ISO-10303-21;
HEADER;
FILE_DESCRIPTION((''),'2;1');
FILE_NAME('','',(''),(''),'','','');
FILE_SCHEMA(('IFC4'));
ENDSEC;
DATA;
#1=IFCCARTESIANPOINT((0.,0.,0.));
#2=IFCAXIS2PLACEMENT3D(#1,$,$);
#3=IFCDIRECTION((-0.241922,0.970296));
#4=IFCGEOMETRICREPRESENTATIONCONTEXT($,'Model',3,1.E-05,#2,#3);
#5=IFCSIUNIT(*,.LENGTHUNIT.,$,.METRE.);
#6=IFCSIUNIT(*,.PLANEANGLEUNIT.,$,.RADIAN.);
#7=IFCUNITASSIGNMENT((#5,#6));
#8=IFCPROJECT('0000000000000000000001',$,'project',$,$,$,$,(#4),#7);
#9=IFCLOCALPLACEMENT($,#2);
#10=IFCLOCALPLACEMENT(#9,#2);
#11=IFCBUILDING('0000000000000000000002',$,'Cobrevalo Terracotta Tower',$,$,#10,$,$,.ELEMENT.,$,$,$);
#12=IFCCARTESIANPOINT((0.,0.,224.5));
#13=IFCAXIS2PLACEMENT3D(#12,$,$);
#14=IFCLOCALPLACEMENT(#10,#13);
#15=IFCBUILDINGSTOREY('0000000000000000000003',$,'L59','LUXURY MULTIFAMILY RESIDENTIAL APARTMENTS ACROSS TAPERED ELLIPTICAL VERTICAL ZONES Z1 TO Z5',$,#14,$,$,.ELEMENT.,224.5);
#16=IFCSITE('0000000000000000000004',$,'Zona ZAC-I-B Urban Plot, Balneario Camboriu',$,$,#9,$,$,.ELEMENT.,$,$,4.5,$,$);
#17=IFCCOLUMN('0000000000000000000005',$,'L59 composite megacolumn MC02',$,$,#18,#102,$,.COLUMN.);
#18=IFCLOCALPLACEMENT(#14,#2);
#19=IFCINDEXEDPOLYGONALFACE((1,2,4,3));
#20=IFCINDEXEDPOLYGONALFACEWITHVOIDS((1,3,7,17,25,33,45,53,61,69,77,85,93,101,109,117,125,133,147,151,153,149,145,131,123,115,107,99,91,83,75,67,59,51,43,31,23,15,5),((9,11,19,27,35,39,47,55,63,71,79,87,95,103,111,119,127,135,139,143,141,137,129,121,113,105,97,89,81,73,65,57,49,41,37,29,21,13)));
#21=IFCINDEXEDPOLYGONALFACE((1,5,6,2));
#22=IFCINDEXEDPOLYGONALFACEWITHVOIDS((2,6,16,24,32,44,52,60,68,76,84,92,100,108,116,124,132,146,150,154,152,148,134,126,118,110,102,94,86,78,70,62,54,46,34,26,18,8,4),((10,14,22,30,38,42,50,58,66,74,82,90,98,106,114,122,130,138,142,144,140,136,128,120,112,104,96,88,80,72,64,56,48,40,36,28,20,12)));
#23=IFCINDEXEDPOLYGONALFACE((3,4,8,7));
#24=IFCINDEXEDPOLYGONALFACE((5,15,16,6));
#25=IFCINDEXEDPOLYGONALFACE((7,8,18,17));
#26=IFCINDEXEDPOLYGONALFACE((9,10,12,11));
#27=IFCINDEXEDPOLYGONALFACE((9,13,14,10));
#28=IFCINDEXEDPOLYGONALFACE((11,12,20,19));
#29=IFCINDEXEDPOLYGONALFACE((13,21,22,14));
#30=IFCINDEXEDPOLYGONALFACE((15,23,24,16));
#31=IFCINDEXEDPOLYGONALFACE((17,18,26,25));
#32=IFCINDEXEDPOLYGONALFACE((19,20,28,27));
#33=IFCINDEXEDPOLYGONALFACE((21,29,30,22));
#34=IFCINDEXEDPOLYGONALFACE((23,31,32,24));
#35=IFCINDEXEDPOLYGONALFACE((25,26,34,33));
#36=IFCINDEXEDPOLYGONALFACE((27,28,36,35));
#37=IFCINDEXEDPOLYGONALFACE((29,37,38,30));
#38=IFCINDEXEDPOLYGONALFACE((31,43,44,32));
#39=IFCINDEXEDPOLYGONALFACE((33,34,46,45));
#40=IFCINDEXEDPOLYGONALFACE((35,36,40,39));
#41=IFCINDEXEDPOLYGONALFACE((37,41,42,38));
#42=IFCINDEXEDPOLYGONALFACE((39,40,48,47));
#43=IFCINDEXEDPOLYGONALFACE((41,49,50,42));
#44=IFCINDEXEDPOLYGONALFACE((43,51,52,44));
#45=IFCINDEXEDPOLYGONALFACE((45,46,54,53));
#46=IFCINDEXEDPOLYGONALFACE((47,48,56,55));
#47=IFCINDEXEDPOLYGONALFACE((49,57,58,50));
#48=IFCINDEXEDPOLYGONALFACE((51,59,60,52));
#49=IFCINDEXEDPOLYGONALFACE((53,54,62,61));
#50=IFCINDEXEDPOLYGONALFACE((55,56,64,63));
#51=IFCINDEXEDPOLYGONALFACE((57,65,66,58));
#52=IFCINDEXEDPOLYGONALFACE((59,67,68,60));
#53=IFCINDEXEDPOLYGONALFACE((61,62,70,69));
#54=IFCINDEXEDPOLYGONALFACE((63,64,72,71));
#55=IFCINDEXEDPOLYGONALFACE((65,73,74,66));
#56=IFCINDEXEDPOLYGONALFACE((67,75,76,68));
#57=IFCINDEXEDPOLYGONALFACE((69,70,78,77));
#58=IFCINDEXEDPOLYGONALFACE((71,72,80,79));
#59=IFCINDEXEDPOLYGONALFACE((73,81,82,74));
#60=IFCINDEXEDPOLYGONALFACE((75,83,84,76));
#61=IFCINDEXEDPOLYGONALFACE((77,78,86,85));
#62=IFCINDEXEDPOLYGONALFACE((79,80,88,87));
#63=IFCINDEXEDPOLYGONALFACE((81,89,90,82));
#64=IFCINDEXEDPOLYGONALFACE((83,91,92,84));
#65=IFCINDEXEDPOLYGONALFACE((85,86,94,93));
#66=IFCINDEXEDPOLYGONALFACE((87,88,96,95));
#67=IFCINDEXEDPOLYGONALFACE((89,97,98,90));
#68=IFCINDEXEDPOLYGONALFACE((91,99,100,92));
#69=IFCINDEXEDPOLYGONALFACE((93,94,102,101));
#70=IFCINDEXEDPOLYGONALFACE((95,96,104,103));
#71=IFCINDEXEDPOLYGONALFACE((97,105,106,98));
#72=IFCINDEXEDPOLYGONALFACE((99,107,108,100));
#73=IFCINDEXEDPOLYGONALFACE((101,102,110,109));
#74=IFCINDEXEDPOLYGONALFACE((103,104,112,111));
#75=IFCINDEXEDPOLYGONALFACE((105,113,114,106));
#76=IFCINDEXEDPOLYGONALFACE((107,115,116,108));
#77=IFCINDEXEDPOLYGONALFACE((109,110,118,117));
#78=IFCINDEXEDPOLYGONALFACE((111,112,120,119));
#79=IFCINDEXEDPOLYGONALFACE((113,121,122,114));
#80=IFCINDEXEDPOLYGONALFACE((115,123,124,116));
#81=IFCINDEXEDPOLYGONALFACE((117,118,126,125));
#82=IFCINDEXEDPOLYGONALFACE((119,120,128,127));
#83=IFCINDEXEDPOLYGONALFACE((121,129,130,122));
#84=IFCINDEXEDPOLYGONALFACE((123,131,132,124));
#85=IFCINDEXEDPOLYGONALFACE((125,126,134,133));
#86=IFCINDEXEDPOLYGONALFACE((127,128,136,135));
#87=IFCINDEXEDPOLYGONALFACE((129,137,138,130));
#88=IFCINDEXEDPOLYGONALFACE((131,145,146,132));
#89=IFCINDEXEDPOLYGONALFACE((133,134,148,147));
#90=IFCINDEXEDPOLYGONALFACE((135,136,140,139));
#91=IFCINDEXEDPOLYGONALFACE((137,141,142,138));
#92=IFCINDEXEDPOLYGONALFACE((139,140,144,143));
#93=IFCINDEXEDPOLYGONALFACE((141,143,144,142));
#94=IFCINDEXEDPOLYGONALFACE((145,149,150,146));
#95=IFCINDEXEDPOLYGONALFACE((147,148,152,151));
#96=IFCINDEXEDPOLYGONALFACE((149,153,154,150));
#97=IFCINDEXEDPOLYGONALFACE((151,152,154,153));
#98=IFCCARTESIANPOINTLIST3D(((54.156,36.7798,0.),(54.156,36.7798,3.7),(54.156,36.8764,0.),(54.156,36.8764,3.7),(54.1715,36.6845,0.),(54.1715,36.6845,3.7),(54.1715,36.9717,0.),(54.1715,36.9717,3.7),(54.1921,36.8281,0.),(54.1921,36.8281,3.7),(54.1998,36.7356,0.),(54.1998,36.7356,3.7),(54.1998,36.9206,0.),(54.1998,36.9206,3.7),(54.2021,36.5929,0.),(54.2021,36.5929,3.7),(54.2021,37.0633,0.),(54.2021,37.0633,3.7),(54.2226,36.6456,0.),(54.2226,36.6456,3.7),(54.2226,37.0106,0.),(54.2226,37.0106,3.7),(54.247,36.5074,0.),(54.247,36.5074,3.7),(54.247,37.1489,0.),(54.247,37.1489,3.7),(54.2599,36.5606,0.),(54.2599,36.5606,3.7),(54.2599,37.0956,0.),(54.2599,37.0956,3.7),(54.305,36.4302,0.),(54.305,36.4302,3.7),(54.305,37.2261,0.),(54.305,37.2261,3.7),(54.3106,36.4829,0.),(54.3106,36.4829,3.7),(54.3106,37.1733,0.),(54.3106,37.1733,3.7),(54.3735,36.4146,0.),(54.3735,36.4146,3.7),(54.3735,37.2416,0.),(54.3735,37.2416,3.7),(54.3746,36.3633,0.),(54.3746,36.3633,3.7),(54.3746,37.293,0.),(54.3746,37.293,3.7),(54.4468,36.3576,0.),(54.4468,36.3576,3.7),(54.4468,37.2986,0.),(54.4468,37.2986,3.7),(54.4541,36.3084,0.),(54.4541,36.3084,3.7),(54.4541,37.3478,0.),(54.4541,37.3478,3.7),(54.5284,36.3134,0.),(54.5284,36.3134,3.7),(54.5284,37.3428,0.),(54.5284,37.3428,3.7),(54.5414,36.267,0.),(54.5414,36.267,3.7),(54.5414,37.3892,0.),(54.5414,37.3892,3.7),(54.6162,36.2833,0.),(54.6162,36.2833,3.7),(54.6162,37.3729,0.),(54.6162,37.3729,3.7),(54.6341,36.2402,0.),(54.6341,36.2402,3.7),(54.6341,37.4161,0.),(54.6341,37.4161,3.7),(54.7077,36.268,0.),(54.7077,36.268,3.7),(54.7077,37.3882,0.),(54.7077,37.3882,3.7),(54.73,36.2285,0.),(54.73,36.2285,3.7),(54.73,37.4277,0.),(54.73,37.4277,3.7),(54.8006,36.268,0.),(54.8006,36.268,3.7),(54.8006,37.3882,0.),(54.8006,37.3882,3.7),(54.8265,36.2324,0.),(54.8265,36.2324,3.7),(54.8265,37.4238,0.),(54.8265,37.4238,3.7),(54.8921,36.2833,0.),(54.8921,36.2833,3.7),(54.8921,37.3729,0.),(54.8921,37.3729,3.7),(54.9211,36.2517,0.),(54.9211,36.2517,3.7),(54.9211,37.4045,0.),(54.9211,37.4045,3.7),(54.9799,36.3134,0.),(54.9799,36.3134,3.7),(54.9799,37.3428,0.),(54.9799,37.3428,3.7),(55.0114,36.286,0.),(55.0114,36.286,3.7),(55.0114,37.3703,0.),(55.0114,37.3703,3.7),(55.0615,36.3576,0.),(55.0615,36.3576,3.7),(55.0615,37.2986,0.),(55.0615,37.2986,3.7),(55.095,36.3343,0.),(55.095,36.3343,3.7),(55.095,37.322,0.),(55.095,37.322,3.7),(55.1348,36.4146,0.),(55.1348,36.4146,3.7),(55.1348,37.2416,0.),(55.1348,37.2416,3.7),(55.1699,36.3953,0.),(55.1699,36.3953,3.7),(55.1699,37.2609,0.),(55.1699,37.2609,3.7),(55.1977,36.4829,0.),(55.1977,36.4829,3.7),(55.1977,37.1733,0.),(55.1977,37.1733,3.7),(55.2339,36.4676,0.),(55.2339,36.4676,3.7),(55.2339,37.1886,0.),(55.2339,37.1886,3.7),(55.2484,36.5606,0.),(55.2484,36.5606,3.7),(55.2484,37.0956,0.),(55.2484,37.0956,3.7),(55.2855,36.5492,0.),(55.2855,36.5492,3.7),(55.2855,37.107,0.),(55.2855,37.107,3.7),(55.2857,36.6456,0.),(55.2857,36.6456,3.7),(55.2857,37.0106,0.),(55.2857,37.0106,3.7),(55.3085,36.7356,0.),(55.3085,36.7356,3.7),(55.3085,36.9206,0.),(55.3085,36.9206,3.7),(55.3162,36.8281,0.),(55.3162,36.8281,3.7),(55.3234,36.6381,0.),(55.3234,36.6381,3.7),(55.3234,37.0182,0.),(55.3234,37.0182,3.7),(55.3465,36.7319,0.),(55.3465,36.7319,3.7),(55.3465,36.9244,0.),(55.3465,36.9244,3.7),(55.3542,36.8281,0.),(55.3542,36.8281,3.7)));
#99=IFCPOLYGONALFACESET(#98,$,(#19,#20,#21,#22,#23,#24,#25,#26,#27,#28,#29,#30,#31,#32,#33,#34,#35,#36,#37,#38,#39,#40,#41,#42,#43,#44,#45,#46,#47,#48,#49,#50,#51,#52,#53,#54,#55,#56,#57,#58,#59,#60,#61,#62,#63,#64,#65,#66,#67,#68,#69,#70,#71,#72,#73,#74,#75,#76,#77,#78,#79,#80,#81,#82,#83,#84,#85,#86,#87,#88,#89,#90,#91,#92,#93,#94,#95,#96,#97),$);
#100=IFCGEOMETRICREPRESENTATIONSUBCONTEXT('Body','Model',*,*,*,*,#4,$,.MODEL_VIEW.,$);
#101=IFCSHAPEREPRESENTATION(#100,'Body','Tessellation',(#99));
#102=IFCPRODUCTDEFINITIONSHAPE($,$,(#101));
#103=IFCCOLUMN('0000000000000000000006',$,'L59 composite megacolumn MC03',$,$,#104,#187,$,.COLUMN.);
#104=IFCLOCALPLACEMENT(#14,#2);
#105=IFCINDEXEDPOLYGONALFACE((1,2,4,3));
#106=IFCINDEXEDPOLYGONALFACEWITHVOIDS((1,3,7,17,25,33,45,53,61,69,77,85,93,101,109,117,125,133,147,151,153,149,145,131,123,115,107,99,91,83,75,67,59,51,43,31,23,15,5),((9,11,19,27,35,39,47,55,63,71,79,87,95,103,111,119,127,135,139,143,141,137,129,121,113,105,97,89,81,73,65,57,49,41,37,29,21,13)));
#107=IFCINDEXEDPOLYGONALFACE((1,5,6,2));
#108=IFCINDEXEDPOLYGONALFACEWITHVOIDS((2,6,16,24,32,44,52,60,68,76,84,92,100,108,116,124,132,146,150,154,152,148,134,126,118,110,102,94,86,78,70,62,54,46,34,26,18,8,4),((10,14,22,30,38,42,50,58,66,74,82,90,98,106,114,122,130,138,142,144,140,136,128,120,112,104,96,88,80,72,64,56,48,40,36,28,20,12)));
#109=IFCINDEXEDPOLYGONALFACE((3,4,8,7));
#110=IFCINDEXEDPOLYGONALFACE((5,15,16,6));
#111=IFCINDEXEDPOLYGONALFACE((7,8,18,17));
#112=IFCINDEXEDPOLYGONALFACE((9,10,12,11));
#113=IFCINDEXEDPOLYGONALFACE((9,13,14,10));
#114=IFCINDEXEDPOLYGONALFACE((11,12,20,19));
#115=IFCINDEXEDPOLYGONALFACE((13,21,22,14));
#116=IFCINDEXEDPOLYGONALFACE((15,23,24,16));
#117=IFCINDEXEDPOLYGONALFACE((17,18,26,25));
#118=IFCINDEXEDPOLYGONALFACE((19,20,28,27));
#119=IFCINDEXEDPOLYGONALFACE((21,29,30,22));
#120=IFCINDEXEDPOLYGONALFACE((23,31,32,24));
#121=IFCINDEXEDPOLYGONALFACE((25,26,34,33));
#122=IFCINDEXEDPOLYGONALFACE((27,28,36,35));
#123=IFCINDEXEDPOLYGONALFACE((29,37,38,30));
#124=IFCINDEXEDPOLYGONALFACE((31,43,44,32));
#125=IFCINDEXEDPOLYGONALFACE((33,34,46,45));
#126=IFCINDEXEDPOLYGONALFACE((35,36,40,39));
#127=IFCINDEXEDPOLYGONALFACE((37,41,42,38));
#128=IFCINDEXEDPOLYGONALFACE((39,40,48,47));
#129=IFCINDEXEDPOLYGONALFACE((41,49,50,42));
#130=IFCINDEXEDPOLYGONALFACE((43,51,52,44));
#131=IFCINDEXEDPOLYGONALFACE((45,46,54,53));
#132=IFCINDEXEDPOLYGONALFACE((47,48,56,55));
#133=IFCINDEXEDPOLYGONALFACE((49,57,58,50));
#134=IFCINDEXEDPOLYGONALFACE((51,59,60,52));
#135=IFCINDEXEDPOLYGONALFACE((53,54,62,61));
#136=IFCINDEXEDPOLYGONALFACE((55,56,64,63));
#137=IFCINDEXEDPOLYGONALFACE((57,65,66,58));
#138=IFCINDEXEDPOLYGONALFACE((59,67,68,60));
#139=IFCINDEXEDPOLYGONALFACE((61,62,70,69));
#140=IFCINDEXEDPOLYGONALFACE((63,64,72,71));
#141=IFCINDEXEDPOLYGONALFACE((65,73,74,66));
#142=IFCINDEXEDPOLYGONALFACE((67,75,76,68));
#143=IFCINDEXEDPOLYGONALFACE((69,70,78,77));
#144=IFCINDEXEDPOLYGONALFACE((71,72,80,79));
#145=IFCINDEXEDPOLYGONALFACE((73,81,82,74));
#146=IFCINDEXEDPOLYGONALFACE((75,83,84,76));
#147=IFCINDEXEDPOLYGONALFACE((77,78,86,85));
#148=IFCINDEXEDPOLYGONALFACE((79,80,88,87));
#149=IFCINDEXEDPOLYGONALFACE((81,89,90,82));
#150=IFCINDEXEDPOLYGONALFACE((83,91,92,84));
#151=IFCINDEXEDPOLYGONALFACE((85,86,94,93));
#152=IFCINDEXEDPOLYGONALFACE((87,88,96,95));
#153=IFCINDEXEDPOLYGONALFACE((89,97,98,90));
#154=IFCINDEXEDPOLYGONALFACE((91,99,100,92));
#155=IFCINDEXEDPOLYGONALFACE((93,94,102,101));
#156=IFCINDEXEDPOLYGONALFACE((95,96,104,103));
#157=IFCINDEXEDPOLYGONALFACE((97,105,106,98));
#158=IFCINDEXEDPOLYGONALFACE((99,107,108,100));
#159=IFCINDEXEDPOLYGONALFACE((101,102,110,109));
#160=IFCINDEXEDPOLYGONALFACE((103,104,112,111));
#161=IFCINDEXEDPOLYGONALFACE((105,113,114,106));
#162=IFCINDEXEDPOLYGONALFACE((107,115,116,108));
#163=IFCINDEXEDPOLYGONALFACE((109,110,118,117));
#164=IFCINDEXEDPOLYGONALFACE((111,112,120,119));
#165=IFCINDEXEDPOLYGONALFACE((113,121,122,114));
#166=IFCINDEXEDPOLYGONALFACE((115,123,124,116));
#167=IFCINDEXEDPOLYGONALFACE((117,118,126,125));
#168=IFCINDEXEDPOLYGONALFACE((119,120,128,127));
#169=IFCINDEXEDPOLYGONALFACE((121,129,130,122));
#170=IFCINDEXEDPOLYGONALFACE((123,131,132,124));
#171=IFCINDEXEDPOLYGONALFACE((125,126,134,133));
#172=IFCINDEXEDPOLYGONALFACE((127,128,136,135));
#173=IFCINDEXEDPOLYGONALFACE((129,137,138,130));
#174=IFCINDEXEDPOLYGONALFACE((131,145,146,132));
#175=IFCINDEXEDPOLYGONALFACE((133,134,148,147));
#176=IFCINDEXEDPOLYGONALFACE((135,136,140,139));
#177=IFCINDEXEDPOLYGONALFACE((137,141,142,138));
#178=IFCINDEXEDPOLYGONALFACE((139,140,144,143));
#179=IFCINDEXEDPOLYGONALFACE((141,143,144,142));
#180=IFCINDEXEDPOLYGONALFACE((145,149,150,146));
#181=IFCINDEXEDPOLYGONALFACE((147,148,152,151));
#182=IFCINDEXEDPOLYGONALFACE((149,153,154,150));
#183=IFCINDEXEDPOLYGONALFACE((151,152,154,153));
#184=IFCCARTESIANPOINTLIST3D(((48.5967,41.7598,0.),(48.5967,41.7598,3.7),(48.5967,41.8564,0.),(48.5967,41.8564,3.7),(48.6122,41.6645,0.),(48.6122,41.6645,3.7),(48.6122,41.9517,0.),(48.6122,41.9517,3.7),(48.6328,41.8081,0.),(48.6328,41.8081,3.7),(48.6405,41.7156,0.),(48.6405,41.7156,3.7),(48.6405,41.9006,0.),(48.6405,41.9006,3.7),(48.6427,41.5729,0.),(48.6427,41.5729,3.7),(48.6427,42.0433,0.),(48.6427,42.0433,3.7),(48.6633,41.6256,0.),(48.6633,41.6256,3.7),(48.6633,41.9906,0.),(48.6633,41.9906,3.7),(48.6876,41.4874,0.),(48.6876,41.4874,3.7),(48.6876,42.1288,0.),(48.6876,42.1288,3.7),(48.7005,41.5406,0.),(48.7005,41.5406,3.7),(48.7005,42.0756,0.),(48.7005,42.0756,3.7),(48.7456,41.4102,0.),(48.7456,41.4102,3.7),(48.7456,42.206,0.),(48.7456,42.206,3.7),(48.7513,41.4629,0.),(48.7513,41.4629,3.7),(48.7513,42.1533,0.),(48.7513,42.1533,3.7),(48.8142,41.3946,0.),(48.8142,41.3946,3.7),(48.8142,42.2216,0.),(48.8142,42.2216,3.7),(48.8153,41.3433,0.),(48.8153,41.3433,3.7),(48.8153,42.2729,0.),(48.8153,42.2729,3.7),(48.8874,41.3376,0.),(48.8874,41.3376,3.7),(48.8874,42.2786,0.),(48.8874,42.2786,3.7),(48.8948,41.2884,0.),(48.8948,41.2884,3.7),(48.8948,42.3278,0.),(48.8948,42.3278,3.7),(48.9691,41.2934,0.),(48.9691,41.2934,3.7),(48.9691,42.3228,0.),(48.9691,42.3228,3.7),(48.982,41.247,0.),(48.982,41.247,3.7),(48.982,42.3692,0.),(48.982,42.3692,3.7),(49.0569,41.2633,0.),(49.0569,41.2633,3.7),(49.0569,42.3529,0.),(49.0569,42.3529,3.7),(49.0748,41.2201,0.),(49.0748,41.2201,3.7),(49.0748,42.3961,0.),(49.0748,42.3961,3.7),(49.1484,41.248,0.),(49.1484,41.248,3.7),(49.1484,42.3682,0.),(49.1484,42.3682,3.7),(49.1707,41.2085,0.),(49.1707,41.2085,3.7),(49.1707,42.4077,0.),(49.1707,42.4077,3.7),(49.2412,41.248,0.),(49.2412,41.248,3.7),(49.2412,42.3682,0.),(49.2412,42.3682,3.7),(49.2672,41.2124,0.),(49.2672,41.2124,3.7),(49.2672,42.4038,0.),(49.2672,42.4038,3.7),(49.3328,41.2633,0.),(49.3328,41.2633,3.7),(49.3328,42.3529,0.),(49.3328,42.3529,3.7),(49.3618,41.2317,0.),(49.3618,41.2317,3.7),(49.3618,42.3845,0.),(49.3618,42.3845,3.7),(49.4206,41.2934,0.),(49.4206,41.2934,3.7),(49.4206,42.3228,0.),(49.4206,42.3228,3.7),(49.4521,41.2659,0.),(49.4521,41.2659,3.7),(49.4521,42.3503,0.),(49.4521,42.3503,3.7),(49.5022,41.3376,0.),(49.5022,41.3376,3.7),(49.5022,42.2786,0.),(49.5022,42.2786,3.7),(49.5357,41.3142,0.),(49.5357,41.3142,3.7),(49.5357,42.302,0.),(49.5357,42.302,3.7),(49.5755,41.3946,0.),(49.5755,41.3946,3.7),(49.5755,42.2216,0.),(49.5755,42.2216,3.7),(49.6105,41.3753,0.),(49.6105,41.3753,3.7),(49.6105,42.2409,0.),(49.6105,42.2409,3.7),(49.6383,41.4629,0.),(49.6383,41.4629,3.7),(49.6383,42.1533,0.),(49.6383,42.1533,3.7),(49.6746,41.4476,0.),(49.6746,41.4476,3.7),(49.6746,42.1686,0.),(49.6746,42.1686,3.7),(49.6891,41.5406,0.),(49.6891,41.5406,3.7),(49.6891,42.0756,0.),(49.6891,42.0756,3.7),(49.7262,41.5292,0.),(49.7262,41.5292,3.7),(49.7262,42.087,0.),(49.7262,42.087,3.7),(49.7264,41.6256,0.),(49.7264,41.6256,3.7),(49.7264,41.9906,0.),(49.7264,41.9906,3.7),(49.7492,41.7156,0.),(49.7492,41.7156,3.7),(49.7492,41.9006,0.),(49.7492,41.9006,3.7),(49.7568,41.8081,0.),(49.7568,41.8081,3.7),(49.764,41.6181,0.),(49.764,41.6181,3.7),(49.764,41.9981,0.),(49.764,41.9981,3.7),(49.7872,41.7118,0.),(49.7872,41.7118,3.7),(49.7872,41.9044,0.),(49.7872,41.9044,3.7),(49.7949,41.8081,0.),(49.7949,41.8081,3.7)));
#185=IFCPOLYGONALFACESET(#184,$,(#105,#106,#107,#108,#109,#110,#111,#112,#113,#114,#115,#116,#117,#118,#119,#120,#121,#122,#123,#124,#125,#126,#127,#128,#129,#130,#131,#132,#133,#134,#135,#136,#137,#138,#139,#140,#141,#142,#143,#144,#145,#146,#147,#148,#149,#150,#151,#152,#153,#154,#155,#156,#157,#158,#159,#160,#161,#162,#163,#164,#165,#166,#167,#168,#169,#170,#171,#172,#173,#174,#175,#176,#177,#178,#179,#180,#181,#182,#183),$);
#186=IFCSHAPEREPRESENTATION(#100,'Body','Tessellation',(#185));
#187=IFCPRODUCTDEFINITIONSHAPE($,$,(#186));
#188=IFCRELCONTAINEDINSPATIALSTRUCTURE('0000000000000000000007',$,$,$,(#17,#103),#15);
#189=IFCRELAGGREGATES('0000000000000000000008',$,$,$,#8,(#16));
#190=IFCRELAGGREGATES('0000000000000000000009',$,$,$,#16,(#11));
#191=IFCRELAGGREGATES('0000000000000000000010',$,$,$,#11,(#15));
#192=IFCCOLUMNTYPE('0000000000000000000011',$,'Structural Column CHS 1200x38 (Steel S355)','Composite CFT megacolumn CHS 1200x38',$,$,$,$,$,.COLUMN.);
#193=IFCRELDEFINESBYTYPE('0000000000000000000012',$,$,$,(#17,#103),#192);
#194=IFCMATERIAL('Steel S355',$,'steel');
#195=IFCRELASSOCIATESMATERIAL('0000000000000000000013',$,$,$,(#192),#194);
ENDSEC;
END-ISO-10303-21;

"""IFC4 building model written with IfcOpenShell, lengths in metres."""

from ifc_helpers import new_model, si_unit, direction, frame, origin, origin_2d, place, context, subcontext, project, spatial, hollow_circle, extrude, material, material_profile, profile_set, type_object, element, save


model = new_model("IFC4")

# Units and contexts
model_context = context("Model", 3, precision=1e-05, world=origin(), true_north=direction((-0.241922, 0.970296)))
body_context = subcontext(model_context, "Body", "Model", "MODEL_VIEW")
ifc_project = project(units=[si_unit("LENGTHUNIT", "METRE"), si_unit("PLANEANGLEUNIT", "RADIAN")], contexts=[model_context])

# Site, building, storey
site_placement = place(None, origin())
site = spatial("IfcSite", under=ifc_project, at=site_placement, Name="Zona ZAC-I-B Urban Plot, Balneario Camboriu", CompositionType="ELEMENT", RefElevation=4.5)
building_placement = place(site_placement, origin())
building = spatial("IfcBuilding", under=site, at=building_placement, Name="Cobrevalo Terracotta Tower", CompositionType="ELEMENT")
storey_placement = place(building_placement, frame((0.0, 0.0, 224.5)))
storey = spatial("IfcBuildingStorey", under=building, at=storey_placement, Name="L59", Description="LUXURY MULTIFAMILY RESIDENTIAL APARTMENTS ACROSS TAPERED ELLIPTICAL VERTICAL ZONES Z1 TO Z5", CompositionType="ELEMENT", Elevation=224.5)

# Columns
ifc_material_1 = material(Name="Steel S355", Category="steel")
ifc_material_profile_1 = material_profile(ifc_material_1, hollow_circle(Radius=0.6001, WallThickness=0.0381, at=origin_2d()), Name="CHS 1200x38")
ifc_profile_set_1 = profile_set([ifc_material_profile_1], Name="Steel S355")
column_type = type_object("IfcColumnType", Name="Structural Column CHS 1200x38 (Steel S355)", Description="Composite CFT megacolumn CHS 1200x38", PredefinedType="COLUMN", material=ifc_profile_set_1)
for number, where, z_axis, x_axis, name in (
    (1, (54.7542, 36.8281, 0.0), (0.0, 0.0, 1.0), (1.0, 0.0, 0.0), "L59 composite megacolumn MC02"),
    (2, (49.1948, 41.8081, 0.0), (0.0, 0.0, 1.0), (1.0, 0.0, 0.0), "L59 composite megacolumn MC03"),
):
    element("IfcColumn", number, at=place(storey_placement, frame(where, z_axis=z_axis, x_axis=x_axis)), inside=storey, type_object=column_type, Name=name, PredefinedType="COLUMN", context=body_context, shape_type="SweptSolid", body=[
        extrude(hollow_circle(Radius=0.6001, WallThickness=0.0381, at=origin_2d()), origin(), (0.0, 0.0, 1.0), 3.7),
    ])

save(model, "model.ifc")
